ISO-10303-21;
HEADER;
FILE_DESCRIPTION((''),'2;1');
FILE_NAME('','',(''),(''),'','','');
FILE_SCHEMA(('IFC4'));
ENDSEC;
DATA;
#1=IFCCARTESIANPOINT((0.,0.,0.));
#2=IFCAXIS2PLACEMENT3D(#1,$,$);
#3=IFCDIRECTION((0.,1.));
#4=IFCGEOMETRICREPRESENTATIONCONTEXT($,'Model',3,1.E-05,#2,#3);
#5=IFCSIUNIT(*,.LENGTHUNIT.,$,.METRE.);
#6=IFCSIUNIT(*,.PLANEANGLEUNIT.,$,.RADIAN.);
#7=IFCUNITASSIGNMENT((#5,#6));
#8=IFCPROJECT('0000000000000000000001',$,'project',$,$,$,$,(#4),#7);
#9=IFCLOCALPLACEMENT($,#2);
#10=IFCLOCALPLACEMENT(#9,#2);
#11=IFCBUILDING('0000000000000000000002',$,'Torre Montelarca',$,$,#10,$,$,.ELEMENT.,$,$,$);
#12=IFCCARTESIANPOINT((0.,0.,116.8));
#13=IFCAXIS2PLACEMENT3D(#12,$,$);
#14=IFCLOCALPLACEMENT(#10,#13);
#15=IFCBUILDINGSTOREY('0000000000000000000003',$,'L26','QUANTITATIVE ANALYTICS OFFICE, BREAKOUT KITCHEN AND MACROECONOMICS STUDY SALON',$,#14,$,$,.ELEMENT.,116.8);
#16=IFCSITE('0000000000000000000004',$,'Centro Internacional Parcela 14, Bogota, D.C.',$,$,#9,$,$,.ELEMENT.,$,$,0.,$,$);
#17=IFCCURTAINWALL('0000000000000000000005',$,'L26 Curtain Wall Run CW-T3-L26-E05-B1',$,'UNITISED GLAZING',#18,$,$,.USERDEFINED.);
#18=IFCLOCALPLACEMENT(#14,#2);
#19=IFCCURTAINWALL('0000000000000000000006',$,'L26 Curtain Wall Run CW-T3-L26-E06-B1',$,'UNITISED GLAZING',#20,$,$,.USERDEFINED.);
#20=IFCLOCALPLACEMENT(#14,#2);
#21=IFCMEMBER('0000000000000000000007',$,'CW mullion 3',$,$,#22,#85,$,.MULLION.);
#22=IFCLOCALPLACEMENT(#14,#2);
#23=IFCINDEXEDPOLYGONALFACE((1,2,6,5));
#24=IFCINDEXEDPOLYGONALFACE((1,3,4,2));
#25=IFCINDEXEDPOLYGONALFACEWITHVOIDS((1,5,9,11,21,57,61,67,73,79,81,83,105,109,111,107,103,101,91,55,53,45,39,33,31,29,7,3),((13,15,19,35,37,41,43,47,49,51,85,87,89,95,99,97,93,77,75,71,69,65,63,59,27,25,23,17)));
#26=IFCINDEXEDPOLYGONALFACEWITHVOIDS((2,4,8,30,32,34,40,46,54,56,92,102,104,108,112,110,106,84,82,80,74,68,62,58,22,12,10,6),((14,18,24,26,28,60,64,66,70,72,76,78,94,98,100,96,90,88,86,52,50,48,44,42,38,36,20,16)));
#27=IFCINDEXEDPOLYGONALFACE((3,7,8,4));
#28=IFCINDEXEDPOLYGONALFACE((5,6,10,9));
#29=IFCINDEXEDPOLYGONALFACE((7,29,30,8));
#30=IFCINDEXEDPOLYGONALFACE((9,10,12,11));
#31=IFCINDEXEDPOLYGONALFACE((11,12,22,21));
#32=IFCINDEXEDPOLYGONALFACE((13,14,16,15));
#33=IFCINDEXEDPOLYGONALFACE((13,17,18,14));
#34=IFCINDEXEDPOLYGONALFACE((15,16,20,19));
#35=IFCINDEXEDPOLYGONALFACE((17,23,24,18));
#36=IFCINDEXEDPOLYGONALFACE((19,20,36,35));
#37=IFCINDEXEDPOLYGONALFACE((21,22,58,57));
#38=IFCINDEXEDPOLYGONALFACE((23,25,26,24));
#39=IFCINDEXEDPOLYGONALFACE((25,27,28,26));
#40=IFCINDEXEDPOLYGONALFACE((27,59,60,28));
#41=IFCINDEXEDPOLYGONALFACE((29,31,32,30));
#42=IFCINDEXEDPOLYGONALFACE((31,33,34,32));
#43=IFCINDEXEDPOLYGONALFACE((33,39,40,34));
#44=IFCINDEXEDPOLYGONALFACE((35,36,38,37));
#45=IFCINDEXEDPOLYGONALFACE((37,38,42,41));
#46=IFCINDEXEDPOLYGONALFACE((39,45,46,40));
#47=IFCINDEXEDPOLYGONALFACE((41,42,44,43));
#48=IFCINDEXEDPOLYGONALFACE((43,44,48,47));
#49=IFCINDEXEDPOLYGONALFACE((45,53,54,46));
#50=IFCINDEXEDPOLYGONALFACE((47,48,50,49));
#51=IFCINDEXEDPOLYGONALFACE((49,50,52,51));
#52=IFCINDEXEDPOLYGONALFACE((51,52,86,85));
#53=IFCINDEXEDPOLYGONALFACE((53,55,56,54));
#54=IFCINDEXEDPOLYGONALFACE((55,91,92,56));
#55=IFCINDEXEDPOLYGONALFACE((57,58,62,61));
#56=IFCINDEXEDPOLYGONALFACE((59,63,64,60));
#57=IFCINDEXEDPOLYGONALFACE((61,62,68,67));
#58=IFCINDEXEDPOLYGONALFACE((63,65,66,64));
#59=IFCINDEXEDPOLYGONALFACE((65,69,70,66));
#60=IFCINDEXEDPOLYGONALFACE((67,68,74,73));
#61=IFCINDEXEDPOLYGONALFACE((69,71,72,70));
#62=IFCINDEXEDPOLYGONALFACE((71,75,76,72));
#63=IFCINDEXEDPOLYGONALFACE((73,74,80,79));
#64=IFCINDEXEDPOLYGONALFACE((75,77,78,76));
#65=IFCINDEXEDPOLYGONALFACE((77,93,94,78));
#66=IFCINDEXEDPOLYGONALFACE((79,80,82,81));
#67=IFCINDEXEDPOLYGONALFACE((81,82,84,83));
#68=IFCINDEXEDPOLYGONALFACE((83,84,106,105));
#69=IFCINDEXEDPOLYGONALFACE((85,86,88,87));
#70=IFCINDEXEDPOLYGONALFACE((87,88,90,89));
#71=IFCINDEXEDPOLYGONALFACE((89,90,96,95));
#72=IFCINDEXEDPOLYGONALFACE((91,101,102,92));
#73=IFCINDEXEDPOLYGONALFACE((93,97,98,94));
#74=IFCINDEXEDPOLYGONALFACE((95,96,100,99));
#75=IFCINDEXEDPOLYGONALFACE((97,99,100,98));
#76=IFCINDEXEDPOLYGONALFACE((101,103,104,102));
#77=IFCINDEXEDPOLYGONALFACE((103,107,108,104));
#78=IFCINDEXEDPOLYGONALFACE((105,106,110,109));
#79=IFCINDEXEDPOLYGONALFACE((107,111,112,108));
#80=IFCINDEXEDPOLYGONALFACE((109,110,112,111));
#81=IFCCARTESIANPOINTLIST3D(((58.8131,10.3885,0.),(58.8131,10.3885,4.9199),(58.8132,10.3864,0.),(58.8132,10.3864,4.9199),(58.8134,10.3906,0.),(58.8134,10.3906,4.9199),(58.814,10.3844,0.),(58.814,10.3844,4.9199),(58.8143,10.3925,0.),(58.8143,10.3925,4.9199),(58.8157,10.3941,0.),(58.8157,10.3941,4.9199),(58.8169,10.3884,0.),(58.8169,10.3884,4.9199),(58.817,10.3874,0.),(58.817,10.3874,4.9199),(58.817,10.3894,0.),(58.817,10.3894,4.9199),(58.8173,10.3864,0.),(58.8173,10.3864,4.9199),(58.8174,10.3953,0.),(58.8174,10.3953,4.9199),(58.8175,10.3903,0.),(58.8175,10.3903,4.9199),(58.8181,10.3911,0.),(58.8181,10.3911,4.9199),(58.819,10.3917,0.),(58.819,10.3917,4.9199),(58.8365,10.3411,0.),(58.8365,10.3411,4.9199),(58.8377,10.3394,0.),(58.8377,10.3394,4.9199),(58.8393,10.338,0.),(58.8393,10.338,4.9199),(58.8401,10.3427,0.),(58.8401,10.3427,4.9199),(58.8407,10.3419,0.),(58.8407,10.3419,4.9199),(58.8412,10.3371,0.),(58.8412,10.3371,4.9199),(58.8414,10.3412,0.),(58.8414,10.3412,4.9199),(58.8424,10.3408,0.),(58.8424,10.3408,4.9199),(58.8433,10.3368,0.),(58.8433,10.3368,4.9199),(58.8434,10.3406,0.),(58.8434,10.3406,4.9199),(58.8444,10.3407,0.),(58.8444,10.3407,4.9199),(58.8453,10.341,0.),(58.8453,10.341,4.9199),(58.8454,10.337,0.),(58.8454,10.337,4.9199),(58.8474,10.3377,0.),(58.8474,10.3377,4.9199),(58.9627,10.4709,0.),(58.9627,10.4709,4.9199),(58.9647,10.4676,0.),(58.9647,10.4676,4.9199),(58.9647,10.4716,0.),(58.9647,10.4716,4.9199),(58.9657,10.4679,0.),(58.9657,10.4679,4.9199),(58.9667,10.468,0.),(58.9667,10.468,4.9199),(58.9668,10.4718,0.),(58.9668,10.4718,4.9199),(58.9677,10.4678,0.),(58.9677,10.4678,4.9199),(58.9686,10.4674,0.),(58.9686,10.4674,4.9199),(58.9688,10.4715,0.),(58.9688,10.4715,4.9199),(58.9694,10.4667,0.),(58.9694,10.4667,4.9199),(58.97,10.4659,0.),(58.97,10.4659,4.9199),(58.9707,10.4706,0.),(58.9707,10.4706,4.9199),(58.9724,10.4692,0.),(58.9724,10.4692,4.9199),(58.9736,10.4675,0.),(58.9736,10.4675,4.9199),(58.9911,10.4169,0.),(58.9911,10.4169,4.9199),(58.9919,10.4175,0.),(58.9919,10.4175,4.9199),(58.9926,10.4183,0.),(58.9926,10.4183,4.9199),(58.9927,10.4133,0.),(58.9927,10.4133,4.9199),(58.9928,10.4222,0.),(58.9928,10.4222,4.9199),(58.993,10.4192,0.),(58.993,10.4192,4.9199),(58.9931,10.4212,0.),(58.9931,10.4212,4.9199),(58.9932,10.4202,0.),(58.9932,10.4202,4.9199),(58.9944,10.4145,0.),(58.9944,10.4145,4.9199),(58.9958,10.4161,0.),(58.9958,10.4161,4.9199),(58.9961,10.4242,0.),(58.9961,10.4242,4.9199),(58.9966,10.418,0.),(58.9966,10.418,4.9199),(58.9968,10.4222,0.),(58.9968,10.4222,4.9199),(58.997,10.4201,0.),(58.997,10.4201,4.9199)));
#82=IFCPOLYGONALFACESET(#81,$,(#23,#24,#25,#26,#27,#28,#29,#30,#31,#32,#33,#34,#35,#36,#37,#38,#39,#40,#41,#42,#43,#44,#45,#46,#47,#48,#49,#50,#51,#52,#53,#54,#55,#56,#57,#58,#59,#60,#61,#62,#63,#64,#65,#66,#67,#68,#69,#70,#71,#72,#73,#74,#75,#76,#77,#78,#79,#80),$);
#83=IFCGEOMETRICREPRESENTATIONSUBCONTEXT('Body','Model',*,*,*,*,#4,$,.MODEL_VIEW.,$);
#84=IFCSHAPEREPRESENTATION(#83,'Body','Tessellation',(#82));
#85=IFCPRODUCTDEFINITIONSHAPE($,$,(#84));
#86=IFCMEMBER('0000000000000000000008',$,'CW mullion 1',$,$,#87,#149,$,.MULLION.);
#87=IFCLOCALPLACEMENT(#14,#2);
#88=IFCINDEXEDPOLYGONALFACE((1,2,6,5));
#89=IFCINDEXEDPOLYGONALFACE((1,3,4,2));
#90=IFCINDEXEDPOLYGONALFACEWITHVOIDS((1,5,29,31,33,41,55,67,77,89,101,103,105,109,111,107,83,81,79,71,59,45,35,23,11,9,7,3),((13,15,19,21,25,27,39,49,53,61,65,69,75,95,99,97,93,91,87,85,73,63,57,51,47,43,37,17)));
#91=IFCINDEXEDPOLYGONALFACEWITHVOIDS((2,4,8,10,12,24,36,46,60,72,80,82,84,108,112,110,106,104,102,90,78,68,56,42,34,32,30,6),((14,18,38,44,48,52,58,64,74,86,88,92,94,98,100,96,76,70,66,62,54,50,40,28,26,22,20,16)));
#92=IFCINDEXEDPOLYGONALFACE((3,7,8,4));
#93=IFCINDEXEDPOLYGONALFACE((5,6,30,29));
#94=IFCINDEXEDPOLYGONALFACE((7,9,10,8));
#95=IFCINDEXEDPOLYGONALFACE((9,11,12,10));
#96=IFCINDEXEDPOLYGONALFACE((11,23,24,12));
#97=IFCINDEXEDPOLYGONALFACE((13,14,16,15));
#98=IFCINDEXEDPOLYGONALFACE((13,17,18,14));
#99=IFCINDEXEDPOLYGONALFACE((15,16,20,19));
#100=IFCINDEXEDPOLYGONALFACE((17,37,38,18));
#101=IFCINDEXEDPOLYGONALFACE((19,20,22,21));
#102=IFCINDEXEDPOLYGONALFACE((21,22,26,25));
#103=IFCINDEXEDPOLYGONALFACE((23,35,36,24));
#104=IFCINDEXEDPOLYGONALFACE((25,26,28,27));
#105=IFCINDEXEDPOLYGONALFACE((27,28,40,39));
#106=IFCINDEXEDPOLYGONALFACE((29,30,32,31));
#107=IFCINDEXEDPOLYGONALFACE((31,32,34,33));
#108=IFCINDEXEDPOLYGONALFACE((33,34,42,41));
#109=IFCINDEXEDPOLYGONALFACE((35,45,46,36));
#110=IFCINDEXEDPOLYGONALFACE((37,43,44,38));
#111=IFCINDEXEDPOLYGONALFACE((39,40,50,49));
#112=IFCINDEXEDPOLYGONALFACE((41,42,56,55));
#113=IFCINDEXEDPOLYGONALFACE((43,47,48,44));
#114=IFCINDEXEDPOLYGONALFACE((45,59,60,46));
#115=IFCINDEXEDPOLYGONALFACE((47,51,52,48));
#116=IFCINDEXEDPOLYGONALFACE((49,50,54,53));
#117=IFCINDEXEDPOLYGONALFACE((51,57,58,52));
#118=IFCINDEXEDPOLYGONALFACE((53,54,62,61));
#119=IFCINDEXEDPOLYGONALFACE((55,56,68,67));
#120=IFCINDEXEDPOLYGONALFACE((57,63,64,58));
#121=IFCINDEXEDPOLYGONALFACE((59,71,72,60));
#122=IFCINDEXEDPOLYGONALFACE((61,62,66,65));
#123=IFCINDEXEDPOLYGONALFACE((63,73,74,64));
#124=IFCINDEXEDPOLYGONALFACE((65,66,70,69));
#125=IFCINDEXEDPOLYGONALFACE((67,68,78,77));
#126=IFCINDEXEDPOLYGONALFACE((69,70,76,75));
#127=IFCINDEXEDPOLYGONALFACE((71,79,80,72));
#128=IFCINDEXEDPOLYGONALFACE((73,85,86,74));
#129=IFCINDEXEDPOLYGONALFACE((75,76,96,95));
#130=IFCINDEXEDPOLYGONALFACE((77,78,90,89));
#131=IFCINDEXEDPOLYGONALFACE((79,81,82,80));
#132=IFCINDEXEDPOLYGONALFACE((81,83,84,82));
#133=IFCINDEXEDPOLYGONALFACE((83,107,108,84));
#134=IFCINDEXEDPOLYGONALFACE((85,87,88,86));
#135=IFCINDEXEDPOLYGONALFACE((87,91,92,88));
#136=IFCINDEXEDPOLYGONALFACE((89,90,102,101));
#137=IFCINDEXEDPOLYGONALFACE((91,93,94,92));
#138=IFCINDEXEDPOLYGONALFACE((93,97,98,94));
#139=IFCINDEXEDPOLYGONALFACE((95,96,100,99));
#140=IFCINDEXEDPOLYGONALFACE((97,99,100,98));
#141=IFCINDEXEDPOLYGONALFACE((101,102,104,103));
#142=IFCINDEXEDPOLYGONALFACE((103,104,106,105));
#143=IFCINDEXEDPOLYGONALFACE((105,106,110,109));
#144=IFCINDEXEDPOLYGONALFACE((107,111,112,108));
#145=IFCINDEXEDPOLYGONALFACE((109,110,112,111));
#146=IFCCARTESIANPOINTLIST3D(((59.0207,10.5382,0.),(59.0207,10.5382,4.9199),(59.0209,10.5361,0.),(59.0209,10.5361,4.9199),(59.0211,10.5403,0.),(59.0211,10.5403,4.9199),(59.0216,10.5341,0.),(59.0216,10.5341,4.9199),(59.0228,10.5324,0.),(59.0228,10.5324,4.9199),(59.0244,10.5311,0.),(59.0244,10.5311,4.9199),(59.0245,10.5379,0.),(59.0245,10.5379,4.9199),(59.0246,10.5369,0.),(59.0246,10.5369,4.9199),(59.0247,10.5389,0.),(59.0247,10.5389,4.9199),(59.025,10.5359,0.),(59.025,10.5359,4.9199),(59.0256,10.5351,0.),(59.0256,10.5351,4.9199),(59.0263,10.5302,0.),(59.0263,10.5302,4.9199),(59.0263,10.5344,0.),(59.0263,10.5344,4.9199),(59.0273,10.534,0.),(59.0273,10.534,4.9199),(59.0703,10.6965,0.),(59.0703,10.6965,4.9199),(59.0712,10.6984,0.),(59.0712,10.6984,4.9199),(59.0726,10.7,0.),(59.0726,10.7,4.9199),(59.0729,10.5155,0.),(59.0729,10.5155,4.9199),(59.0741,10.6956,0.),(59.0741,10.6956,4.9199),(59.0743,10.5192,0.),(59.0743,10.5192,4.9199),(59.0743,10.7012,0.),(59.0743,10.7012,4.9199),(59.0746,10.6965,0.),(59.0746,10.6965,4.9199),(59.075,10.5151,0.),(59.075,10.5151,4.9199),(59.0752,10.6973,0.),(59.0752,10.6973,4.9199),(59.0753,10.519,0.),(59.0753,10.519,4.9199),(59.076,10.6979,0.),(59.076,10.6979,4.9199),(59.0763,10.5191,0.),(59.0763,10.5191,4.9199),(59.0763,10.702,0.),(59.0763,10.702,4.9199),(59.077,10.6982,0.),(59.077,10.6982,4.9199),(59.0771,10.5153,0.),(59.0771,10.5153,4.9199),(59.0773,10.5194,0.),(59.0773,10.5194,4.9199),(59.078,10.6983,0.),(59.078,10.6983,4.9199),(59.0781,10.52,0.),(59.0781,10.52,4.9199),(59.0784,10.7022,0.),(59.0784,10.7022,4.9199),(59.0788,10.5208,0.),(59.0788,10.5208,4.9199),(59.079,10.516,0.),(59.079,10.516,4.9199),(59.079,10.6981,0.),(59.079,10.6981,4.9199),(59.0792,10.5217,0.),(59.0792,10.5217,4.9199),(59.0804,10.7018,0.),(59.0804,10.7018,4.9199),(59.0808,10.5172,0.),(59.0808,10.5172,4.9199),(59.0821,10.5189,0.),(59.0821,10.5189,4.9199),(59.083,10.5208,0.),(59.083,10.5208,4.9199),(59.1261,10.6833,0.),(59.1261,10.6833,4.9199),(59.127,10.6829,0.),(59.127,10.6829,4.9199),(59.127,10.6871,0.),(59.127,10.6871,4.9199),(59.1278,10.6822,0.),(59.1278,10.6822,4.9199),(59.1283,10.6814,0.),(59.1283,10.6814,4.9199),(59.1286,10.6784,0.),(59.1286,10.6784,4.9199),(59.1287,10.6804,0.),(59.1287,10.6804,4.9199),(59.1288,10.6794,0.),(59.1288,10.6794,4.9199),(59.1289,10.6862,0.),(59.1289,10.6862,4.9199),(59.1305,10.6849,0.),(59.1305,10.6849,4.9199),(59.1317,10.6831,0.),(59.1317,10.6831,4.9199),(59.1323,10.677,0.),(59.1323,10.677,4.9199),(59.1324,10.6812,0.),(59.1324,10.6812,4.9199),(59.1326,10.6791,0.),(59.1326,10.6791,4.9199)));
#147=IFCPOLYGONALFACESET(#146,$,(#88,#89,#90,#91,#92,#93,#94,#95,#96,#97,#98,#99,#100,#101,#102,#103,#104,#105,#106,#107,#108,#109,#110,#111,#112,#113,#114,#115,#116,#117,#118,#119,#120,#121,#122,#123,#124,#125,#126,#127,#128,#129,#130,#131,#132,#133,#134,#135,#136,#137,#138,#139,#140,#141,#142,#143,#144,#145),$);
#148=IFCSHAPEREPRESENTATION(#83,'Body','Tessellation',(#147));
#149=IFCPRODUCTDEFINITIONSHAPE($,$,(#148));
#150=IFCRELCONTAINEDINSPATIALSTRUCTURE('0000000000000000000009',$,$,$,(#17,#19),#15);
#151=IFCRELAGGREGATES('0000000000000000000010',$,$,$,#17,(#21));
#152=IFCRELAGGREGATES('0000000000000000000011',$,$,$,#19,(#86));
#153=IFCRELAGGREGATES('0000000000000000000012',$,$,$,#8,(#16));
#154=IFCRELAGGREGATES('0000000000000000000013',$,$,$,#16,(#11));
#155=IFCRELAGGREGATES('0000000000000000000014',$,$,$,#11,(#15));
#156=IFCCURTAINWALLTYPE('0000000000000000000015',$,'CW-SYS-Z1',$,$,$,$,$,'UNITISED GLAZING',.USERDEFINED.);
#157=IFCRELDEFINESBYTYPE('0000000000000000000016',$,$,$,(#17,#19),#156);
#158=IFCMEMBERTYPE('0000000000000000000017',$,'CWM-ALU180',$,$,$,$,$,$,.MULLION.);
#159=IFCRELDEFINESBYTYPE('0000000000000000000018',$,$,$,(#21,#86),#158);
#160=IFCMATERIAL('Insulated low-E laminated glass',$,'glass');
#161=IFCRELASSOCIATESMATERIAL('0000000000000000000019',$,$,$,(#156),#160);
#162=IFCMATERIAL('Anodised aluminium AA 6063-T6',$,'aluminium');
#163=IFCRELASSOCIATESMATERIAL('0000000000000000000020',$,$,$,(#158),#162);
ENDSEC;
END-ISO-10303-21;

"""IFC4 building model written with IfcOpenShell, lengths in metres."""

from ifc_helpers import new_model, si_unit, direction, frame, origin, origin_2d, place, context, subcontext, project, spatial, hollow_rectangle, extrude, source, transform, mapped, material, material_profile, profile_set, type_object, element, aggregate, save


model = new_model("IFC4")

# Units and contexts
model_context = context("Model", 3, precision=1e-05, world=origin(), true_north=direction((0.0, 1.0)))
body_context = subcontext(model_context, "Body", "Model", "MODEL_VIEW")
ifc_project = project(units=[si_unit("LENGTHUNIT", "METRE"), si_unit("PLANEANGLEUNIT", "RADIAN")], contexts=[model_context])

# Site, building, storey
site_placement = place(None, origin())
site = spatial("IfcSite", under=ifc_project, at=site_placement, Name="Centro Internacional Parcela 14, Bogota, D.C.", CompositionType="ELEMENT", RefElevation=0.0)
building_placement = place(site_placement, origin())
building = spatial("IfcBuilding", under=site, at=building_placement, Name="Torre Montelarca", CompositionType="ELEMENT")
storey_placement = place(building_placement, frame((0.0, 0.0, 116.8)))
storey = spatial("IfcBuildingStorey", under=building, at=storey_placement, Name="L26", Description="QUANTITATIVE ANALYTICS OFFICE, BREAKOUT KITCHEN AND MACROECONOMICS STUDY SALON", CompositionType="ELEMENT", Elevation=116.8)

# Curtain walls
ifc_material_1 = material(Name="Insulated low-E laminated glass", Category="glass")
curtain_wall_type = type_object("IfcCurtainWallType", Name="CW-SYS-Z1", ElementType="UNITISED GLAZING", PredefinedType="USERDEFINED", material=ifc_material_1)
ifc_material_2 = material(Name="Anodised aluminium AA 6063-T6", Category="aluminium")
curtain_wall_1_placement = place(storey_placement, origin())
curtain_wall_1 = element("IfcCurtainWall", 1, at=curtain_wall_1_placement, inside=storey, type_object=curtain_wall_type, Name="L26 Curtain Wall Run CW-T3-L26-E05-B1", ObjectType="UNITISED GLAZING", PredefinedType="USERDEFINED")
curtain_wall_2_placement = place(storey_placement, origin())
curtain_wall_2 = element("IfcCurtainWall", 2, at=curtain_wall_2_placement, inside=storey, type_object=curtain_wall_type, Name="L26 Curtain Wall Run CW-T3-L26-E06-B1", ObjectType="UNITISED GLAZING", PredefinedType="USERDEFINED")

# Members
ifc_material_profile_1 = material_profile(ifc_material_2, hollow_rectangle(XDim=0.0649, YDim=0.1799, WallThickness=0.0039, InnerFilletRadius=0.0039, OuterFilletRadius=0.0081, at=origin_2d()), Name="ALU65X180X4", Category="aluminium")
ifc_profile_set_1 = profile_set([ifc_material_profile_1], Name="Anodised aluminium AA 6063-T6")
member_type_1 = type_object("IfcMemberType", Name="CWM-ALU180", PredefinedType="MULLION", material=ifc_profile_set_1)
shared_shape_1 = source(origin(), body_context, "Body", "SweptSolid", [
    extrude(hollow_rectangle(XDim=0.0649, YDim=0.1799, WallThickness=0.0039, InnerFilletRadius=0.0039, OuterFilletRadius=0.0081, at=origin_2d()), origin(), (0.0, 0.0, 1.0), 4.9199),
])
member_1_placement = place(storey_placement, frame((58.905, 10.4043, 0.0), z_axis=(0.0, 0.0, 1.0), x_axis=(-0.461729, 0.887021, 0.0)))
member_1 = element("IfcMember", 3, at=member_1_placement, type_object=member_type_1, Name="CW mullion 3", PredefinedType="MULLION", context=body_context, shape_type="MappedRepresentation", body=[
    mapped(shared_shape_1, transform((0.0, 0.0, 0.0), scale=1.0)),
])
member_2_placement = place(storey_placement, frame((59.0767, 10.6086, 0.0), z_axis=(0.0, 0.0, 1.0), x_axis=(-0.953717, 0.300706, 0.0)))
member_2 = element("IfcMember", 4, at=member_2_placement, type_object=member_type_1, Name="CW mullion 1", PredefinedType="MULLION", context=body_context, shape_type="MappedRepresentation", body=[
    mapped(shared_shape_1, transform((0.0, 0.0, 0.0), scale=1.0)),
])

aggregate(curtain_wall_1, [member_1])
aggregate(curtain_wall_2, [member_2])

save(model, "model.ifc")
